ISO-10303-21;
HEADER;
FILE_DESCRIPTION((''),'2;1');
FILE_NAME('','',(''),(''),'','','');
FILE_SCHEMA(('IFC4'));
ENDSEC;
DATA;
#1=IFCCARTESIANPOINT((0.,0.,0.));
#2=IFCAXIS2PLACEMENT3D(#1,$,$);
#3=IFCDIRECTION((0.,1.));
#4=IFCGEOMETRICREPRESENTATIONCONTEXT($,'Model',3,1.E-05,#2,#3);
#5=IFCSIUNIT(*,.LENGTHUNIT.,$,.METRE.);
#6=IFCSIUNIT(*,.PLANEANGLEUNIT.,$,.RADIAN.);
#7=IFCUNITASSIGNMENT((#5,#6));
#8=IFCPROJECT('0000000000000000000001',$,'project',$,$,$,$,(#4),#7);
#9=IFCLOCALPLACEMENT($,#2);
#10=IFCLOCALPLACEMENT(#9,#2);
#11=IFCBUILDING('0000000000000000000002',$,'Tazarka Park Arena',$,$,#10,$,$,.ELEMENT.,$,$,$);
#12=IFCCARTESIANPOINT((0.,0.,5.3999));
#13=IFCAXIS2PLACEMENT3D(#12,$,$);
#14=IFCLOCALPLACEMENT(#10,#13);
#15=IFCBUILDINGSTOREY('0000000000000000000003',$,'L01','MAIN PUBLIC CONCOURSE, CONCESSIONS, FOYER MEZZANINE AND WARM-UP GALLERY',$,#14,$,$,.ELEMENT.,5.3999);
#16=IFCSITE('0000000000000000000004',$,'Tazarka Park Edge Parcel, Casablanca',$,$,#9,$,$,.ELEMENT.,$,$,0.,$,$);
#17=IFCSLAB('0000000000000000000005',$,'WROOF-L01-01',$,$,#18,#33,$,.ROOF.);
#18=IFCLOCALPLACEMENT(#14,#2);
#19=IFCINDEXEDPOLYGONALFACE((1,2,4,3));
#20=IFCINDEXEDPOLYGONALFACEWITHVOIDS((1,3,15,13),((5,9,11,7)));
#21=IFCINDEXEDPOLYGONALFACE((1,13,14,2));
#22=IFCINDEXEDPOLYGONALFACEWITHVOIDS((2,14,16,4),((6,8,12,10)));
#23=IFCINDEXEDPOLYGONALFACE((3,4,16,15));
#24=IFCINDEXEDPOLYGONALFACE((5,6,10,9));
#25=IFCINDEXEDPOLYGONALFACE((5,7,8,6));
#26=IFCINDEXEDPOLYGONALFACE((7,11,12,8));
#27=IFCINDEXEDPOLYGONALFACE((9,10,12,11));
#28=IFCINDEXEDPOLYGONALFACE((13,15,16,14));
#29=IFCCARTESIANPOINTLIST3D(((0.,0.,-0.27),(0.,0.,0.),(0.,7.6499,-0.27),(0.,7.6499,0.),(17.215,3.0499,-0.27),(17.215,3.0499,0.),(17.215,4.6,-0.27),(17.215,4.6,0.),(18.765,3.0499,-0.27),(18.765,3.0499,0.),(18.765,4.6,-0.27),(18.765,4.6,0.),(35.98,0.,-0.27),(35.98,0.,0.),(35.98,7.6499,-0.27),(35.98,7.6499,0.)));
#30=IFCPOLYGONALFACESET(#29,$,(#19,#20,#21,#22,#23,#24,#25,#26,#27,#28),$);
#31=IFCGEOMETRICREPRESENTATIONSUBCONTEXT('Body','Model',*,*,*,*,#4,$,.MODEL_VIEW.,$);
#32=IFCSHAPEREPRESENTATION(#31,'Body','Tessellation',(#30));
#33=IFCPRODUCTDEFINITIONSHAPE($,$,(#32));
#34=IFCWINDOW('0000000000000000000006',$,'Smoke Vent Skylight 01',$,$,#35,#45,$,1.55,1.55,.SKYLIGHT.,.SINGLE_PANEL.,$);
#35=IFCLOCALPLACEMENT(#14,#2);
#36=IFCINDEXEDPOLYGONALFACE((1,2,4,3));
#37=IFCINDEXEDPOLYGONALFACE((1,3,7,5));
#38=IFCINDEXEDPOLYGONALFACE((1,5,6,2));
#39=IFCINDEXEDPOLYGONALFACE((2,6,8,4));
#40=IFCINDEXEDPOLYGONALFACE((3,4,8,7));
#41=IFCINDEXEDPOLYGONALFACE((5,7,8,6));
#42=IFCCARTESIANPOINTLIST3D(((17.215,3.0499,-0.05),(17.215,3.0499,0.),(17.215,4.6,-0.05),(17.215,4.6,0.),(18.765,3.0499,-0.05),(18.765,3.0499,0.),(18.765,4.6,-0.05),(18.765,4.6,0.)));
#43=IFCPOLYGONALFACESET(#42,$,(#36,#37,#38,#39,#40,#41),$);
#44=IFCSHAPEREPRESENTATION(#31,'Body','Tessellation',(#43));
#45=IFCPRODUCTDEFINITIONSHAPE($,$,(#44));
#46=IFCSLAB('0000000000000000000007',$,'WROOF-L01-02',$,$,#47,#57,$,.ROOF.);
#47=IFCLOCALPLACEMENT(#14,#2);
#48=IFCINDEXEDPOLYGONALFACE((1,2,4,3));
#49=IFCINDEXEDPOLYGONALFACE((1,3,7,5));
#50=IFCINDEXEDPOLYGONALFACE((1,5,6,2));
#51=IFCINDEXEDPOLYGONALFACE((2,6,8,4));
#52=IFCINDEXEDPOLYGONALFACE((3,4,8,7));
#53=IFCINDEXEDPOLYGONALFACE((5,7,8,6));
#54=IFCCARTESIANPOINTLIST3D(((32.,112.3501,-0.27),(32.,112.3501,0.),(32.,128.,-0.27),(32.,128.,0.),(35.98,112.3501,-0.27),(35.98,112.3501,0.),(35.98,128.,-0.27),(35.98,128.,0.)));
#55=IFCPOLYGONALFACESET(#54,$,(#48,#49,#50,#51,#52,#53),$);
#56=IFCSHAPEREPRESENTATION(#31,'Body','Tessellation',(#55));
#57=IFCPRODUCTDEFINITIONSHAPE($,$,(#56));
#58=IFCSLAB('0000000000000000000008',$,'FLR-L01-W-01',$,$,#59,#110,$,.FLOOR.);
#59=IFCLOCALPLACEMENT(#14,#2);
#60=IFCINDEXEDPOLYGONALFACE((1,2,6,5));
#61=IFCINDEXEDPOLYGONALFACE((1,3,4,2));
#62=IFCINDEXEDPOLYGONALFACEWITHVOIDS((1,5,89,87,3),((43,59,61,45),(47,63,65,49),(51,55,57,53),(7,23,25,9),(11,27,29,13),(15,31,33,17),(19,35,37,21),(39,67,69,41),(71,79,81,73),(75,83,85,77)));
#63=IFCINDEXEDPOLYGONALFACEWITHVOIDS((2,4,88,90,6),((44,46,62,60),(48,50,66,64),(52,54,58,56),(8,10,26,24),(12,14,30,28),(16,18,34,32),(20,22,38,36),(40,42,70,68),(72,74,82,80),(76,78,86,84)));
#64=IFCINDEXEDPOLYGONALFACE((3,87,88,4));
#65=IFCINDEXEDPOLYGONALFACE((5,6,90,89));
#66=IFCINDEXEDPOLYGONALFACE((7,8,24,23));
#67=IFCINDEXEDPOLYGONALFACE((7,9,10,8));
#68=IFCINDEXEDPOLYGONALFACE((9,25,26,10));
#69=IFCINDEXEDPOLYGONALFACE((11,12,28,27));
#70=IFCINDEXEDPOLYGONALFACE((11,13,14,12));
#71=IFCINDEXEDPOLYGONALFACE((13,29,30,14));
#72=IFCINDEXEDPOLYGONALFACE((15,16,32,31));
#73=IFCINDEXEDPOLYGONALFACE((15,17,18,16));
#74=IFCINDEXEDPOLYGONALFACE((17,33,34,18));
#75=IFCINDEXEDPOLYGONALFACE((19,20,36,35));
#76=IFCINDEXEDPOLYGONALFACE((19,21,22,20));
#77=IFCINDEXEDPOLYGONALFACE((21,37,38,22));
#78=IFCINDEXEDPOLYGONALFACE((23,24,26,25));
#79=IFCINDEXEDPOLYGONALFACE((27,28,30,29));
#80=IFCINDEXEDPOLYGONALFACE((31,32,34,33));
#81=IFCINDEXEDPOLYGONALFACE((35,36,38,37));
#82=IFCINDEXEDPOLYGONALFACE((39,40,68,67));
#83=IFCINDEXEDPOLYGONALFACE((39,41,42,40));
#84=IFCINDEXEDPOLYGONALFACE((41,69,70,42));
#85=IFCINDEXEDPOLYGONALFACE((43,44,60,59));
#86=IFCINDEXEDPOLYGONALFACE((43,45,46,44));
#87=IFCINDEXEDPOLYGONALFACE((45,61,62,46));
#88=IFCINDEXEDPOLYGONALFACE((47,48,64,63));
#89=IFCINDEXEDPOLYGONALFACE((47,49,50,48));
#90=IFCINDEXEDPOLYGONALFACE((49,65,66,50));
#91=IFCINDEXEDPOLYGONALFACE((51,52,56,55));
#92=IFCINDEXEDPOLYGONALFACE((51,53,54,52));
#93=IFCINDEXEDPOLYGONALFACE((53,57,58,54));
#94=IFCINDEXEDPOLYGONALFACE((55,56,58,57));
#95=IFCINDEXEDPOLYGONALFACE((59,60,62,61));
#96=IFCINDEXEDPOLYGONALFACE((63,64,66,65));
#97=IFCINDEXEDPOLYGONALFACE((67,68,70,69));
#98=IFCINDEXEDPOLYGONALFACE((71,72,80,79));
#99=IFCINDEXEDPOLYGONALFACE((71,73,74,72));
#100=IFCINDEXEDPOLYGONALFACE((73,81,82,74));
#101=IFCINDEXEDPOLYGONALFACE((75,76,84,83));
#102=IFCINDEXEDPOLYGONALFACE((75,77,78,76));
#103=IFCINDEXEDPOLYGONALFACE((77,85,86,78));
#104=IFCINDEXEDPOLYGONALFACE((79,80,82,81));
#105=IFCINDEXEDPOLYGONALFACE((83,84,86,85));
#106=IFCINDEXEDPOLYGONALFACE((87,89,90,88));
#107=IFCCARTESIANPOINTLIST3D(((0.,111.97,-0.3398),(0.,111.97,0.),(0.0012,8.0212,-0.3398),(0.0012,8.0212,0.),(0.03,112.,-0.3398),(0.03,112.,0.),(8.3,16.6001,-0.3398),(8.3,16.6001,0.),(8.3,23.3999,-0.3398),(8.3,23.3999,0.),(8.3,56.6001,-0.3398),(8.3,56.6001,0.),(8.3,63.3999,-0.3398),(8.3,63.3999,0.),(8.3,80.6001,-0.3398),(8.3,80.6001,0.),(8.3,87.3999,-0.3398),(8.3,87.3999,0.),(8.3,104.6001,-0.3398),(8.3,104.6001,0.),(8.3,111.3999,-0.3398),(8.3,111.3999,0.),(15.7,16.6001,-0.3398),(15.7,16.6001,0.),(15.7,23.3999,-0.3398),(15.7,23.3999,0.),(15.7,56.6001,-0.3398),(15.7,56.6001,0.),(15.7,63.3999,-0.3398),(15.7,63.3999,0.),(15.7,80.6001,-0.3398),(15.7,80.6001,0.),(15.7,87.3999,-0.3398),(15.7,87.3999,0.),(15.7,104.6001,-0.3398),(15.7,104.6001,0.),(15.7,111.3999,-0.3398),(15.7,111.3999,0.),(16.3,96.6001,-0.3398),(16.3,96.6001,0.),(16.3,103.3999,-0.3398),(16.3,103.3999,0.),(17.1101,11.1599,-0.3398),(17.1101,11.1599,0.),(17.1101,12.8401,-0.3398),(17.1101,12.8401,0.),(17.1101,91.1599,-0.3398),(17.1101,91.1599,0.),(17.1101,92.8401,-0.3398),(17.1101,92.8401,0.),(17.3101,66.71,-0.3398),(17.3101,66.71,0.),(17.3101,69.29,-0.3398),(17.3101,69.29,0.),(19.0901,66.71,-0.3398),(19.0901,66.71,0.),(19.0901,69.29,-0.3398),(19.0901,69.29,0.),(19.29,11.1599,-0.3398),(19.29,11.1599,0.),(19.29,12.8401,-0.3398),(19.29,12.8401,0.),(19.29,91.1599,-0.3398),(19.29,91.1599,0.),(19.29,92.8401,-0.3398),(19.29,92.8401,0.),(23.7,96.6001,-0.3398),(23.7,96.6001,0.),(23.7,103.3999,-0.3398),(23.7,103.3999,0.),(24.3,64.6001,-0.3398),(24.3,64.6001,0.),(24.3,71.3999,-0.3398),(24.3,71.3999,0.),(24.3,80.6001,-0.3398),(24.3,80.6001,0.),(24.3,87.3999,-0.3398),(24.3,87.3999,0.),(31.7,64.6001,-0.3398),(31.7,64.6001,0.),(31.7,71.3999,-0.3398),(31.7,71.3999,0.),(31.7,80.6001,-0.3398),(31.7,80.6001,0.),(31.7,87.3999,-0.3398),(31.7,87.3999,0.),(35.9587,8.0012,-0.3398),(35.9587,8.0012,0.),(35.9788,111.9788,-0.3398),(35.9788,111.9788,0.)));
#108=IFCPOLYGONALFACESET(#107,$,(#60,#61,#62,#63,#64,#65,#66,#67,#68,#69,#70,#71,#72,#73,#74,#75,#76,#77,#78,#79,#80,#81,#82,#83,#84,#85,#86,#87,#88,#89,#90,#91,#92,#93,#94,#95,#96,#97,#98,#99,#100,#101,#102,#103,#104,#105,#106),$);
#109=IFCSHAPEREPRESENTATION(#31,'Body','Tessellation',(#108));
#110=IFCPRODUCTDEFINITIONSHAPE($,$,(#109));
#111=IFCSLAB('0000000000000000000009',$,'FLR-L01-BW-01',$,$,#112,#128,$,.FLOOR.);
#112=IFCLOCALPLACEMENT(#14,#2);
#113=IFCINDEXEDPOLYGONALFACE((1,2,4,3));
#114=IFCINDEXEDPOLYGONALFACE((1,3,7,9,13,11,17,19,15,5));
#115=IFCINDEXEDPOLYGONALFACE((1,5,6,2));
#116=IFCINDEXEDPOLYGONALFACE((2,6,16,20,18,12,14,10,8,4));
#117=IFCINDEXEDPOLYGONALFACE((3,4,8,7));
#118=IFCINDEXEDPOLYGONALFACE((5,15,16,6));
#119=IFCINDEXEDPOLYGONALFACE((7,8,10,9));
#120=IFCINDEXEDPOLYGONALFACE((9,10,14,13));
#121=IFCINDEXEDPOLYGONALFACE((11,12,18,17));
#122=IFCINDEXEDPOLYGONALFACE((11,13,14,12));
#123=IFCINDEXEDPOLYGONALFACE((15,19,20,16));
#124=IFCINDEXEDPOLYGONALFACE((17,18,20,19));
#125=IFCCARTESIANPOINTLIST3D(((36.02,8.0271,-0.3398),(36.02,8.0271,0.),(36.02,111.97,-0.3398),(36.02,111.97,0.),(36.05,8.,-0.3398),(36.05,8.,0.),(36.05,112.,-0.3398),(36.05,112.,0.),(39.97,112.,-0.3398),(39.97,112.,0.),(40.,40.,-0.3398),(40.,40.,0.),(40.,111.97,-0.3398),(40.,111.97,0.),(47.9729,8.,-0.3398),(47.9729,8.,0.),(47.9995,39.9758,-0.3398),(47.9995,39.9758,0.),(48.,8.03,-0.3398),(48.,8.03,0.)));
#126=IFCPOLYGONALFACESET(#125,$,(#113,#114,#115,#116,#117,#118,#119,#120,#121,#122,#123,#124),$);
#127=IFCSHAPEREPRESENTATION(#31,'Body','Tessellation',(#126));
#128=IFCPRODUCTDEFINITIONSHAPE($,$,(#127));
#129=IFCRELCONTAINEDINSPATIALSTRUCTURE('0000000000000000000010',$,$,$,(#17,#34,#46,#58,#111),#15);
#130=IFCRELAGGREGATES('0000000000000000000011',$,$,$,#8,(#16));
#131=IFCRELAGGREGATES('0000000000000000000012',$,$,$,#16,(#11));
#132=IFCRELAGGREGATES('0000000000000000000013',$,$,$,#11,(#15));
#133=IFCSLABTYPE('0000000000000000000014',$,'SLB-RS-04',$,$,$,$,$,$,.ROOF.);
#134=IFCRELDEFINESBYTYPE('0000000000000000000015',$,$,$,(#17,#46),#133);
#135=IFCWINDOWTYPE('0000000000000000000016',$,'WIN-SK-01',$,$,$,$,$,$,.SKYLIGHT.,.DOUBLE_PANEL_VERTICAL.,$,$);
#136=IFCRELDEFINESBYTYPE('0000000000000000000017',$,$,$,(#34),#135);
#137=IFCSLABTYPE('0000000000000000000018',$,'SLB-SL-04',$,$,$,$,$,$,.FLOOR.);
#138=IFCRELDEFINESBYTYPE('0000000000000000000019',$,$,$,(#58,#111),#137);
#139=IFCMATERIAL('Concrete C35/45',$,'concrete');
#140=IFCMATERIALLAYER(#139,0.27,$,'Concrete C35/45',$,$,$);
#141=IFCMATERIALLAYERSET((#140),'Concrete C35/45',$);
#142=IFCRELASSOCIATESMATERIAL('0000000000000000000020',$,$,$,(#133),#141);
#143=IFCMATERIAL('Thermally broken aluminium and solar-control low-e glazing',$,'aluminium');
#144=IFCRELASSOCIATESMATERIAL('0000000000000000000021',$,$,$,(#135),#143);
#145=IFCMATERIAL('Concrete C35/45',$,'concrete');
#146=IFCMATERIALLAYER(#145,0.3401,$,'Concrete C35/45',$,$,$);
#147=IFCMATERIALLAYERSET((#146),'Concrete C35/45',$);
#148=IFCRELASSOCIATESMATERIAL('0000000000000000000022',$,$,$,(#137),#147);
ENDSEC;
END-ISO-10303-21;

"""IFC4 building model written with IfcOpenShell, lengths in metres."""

from ifc_helpers import new_model, si_unit, direction, frame, origin, origin_2d, place, context, subcontext, project, spatial, polyline, rectangle, outline, extrude, material, layer, layer_set, type_object, element, fill, save


model = new_model("IFC4")

# Units and contexts
model_context = context("Model", 3, precision=1e-05, world=origin(), true_north=direction((0.0, 1.0)))
body_context = subcontext(model_context, "Body", "Model", "MODEL_VIEW")
ifc_project = project(units=[si_unit("LENGTHUNIT", "METRE"), si_unit("PLANEANGLEUNIT", "RADIAN")], contexts=[model_context])

# Site, building, storey
site_placement = place(None, origin())
site = spatial("IfcSite", under=ifc_project, at=site_placement, Name="Tazarka Park Edge Parcel, Casablanca", CompositionType="ELEMENT", RefElevation=0.0)
building_placement = place(site_placement, origin())
building = spatial("IfcBuilding", under=site, at=building_placement, Name="Tazarka Park Arena", CompositionType="ELEMENT")
storey_placement = place(building_placement, frame((0.0, 0.0, 5.3999)))
storey = spatial("IfcBuildingStorey", under=building, at=storey_placement, Name="L01", Description="MAIN PUBLIC CONCOURSE, CONCESSIONS, FOYER MEZZANINE AND WARM-UP GALLERY", CompositionType="ELEMENT", Elevation=5.3999)

# Slab, opening, window
ifc_material_1 = material(Name="Concrete C35/45", Category="concrete")
ifc_layer_1 = layer(ifc_material_1, 0.27, Name="Concrete C35/45")
ifc_layer_set_1 = layer_set([ifc_layer_1], Name="Concrete C35/45")
slab_type_1 = type_object("IfcSlabType", Name="SLB-RS-04", PredefinedType="ROOF", material=ifc_layer_set_1)
slab_1_placement = place(storey_placement, frame((0.0, 0.0, -0.27)))
slab_1 = element("IfcSlab", 1, at=slab_1_placement, inside=storey, type_object=slab_type_1, Name="WROOF-L01-01", PredefinedType="ROOF", context=body_context, shape_type="SweptSolid", body=[
    extrude(outline(polyline([(35.98, 0.0), (0.0, 0.0), (0.0, 7.6499), (35.98, 7.6499), (35.98, 0.0)])), origin(), (0.0, 0.0, 1.0), 0.27),
])
opening_placement = place(slab_1_placement, frame((17.99, 3.825, 0.0)))
opening = element("IfcOpeningElement", 2, at=opening_placement, cuts=slab_1, PredefinedType="OPENING", context=body_context, shape_type="SweptSolid", body=[
    extrude(rectangle(XDim=1.55, YDim=1.55, at=origin_2d()), origin(), (0.0, 0.0, 1.0), 0.27),
])
ifc_material_2 = material(Name="Thermally broken aluminium and solar-control low-e glazing", Category="aluminium")
window_type = type_object("IfcWindowType", Name="WIN-SK-01", PartitioningType="DOUBLE_PANEL_VERTICAL", PredefinedType="SKYLIGHT", material=ifc_material_2)
window_placement = place(opening_placement, frame((0.0, 0.0, 0.22)))
window = element("IfcWindow", 3, at=window_placement, inside=storey, type_object=window_type, Name="Smoke Vent Skylight 01", OverallHeight=1.55, OverallWidth=1.55, PartitioningType="SINGLE_PANEL", PredefinedType="SKYLIGHT", context=body_context, shape_type="SweptSolid", body=[
    extrude(rectangle(XDim=1.55, YDim=1.55, at=origin_2d()), origin(), (0.0, 0.0, 1.0), 0.05),
])
fill(opening, window)

# Slabs
slab_2_placement = place(storey_placement, frame((0.0, 0.0, -0.27)))
element("IfcSlab", 4, at=slab_2_placement, inside=storey, type_object=slab_type_1, Name="WROOF-L01-02", PredefinedType="ROOF", context=body_context, shape_type="SweptSolid", body=[
    extrude(outline(polyline([(32.0, 112.3501), (32.0, 128.0), (35.98, 128.0), (35.98, 112.3501), (32.0, 112.3501)])), origin(), (0.0, 0.0, 1.0), 0.27),
])
ifc_material_3 = material(Name="Concrete C35/45", Category="concrete")
ifc_layer_2 = layer(ifc_material_3, 0.3401, Name="Concrete C35/45")
ifc_layer_set_2 = layer_set([ifc_layer_2], Name="Concrete C35/45")
slab_type_2 = type_object("IfcSlabType", Name="SLB-SL-04", PredefinedType="FLOOR", material=ifc_layer_set_2)
slab_3_placement = place(storey_placement, frame((0.0, 0.0, -0.3398)))
element("IfcSlab", 5, at=slab_3_placement, inside=storey, type_object=slab_type_2, Name="FLR-L01-W-01", PredefinedType="FLOOR", context=body_context, shape_type="SweptSolid", body=[
    extrude(outline(polyline([(0.0, 111.97), (0.03, 112.0), (35.9788, 111.9788), (35.9587, 8.0012), (0.0012, 8.0212), (0.0, 111.97)]), holes=[polyline([(24.3, 64.6001), (31.7, 64.6001), (31.7, 71.3999), (24.3, 71.3999), (24.3, 64.6001)]), polyline([(24.3, 80.6001), (31.7, 80.6001), (31.7, 87.3999), (24.3, 87.3999), (24.3, 80.6001)]), polyline([(16.3, 96.6001), (23.7, 96.6001), (23.7, 103.3999), (16.3, 103.3999), (16.3, 96.6001)]), polyline([(17.1101, 11.1599), (19.29, 11.1599), (19.29, 12.8401), (17.1101, 12.8401), (17.1101, 11.1599)]), polyline([(17.1101, 91.1599), (19.29, 91.1599), (19.29, 92.8401), (17.1101, 92.8401), (17.1101, 91.1599)]), polyline([(17.3101, 66.71), (19.0901, 66.71), (19.0901, 69.29), (17.3101, 69.29), (17.3101, 66.71)]), polyline([(8.3, 56.6001), (15.7, 56.6001), (15.7, 63.3999), (8.3, 63.3999), (8.3, 56.6001)]), polyline([(8.3, 16.6001), (15.7, 16.6001), (15.7, 23.3999), (8.3, 23.3999), (8.3, 16.6001)]), polyline([(8.3, 80.6001), (15.7, 80.6001), (15.7, 87.3999), (8.3, 87.3999), (8.3, 80.6001)]), polyline([(8.3, 104.6001), (15.7, 104.6001), (15.7, 111.3999), (8.3, 111.3999), (8.3, 104.6001)])]), origin(), (0.0, 0.0, 1.0), 0.3398),
])
slab_4_placement = place(storey_placement, frame((0.0, 0.0, -0.3398)))
element("IfcSlab", 6, at=slab_4_placement, inside=storey, type_object=slab_type_2, Name="FLR-L01-BW-01", PredefinedType="FLOOR", context=body_context, shape_type="SweptSolid", body=[
    extrude(outline(polyline([(39.97, 112.0), (40.0, 111.97), (40.0, 40.0), (47.9995, 39.9758), (48.0, 8.03), (47.9729, 8.0), (36.05, 8.0), (36.02, 8.0271), (36.02, 111.97), (36.05, 112.0), (39.97, 112.0)])), origin(), (0.0, 0.0, 1.0), 0.3398),
])

save(model, "model.ifc")
